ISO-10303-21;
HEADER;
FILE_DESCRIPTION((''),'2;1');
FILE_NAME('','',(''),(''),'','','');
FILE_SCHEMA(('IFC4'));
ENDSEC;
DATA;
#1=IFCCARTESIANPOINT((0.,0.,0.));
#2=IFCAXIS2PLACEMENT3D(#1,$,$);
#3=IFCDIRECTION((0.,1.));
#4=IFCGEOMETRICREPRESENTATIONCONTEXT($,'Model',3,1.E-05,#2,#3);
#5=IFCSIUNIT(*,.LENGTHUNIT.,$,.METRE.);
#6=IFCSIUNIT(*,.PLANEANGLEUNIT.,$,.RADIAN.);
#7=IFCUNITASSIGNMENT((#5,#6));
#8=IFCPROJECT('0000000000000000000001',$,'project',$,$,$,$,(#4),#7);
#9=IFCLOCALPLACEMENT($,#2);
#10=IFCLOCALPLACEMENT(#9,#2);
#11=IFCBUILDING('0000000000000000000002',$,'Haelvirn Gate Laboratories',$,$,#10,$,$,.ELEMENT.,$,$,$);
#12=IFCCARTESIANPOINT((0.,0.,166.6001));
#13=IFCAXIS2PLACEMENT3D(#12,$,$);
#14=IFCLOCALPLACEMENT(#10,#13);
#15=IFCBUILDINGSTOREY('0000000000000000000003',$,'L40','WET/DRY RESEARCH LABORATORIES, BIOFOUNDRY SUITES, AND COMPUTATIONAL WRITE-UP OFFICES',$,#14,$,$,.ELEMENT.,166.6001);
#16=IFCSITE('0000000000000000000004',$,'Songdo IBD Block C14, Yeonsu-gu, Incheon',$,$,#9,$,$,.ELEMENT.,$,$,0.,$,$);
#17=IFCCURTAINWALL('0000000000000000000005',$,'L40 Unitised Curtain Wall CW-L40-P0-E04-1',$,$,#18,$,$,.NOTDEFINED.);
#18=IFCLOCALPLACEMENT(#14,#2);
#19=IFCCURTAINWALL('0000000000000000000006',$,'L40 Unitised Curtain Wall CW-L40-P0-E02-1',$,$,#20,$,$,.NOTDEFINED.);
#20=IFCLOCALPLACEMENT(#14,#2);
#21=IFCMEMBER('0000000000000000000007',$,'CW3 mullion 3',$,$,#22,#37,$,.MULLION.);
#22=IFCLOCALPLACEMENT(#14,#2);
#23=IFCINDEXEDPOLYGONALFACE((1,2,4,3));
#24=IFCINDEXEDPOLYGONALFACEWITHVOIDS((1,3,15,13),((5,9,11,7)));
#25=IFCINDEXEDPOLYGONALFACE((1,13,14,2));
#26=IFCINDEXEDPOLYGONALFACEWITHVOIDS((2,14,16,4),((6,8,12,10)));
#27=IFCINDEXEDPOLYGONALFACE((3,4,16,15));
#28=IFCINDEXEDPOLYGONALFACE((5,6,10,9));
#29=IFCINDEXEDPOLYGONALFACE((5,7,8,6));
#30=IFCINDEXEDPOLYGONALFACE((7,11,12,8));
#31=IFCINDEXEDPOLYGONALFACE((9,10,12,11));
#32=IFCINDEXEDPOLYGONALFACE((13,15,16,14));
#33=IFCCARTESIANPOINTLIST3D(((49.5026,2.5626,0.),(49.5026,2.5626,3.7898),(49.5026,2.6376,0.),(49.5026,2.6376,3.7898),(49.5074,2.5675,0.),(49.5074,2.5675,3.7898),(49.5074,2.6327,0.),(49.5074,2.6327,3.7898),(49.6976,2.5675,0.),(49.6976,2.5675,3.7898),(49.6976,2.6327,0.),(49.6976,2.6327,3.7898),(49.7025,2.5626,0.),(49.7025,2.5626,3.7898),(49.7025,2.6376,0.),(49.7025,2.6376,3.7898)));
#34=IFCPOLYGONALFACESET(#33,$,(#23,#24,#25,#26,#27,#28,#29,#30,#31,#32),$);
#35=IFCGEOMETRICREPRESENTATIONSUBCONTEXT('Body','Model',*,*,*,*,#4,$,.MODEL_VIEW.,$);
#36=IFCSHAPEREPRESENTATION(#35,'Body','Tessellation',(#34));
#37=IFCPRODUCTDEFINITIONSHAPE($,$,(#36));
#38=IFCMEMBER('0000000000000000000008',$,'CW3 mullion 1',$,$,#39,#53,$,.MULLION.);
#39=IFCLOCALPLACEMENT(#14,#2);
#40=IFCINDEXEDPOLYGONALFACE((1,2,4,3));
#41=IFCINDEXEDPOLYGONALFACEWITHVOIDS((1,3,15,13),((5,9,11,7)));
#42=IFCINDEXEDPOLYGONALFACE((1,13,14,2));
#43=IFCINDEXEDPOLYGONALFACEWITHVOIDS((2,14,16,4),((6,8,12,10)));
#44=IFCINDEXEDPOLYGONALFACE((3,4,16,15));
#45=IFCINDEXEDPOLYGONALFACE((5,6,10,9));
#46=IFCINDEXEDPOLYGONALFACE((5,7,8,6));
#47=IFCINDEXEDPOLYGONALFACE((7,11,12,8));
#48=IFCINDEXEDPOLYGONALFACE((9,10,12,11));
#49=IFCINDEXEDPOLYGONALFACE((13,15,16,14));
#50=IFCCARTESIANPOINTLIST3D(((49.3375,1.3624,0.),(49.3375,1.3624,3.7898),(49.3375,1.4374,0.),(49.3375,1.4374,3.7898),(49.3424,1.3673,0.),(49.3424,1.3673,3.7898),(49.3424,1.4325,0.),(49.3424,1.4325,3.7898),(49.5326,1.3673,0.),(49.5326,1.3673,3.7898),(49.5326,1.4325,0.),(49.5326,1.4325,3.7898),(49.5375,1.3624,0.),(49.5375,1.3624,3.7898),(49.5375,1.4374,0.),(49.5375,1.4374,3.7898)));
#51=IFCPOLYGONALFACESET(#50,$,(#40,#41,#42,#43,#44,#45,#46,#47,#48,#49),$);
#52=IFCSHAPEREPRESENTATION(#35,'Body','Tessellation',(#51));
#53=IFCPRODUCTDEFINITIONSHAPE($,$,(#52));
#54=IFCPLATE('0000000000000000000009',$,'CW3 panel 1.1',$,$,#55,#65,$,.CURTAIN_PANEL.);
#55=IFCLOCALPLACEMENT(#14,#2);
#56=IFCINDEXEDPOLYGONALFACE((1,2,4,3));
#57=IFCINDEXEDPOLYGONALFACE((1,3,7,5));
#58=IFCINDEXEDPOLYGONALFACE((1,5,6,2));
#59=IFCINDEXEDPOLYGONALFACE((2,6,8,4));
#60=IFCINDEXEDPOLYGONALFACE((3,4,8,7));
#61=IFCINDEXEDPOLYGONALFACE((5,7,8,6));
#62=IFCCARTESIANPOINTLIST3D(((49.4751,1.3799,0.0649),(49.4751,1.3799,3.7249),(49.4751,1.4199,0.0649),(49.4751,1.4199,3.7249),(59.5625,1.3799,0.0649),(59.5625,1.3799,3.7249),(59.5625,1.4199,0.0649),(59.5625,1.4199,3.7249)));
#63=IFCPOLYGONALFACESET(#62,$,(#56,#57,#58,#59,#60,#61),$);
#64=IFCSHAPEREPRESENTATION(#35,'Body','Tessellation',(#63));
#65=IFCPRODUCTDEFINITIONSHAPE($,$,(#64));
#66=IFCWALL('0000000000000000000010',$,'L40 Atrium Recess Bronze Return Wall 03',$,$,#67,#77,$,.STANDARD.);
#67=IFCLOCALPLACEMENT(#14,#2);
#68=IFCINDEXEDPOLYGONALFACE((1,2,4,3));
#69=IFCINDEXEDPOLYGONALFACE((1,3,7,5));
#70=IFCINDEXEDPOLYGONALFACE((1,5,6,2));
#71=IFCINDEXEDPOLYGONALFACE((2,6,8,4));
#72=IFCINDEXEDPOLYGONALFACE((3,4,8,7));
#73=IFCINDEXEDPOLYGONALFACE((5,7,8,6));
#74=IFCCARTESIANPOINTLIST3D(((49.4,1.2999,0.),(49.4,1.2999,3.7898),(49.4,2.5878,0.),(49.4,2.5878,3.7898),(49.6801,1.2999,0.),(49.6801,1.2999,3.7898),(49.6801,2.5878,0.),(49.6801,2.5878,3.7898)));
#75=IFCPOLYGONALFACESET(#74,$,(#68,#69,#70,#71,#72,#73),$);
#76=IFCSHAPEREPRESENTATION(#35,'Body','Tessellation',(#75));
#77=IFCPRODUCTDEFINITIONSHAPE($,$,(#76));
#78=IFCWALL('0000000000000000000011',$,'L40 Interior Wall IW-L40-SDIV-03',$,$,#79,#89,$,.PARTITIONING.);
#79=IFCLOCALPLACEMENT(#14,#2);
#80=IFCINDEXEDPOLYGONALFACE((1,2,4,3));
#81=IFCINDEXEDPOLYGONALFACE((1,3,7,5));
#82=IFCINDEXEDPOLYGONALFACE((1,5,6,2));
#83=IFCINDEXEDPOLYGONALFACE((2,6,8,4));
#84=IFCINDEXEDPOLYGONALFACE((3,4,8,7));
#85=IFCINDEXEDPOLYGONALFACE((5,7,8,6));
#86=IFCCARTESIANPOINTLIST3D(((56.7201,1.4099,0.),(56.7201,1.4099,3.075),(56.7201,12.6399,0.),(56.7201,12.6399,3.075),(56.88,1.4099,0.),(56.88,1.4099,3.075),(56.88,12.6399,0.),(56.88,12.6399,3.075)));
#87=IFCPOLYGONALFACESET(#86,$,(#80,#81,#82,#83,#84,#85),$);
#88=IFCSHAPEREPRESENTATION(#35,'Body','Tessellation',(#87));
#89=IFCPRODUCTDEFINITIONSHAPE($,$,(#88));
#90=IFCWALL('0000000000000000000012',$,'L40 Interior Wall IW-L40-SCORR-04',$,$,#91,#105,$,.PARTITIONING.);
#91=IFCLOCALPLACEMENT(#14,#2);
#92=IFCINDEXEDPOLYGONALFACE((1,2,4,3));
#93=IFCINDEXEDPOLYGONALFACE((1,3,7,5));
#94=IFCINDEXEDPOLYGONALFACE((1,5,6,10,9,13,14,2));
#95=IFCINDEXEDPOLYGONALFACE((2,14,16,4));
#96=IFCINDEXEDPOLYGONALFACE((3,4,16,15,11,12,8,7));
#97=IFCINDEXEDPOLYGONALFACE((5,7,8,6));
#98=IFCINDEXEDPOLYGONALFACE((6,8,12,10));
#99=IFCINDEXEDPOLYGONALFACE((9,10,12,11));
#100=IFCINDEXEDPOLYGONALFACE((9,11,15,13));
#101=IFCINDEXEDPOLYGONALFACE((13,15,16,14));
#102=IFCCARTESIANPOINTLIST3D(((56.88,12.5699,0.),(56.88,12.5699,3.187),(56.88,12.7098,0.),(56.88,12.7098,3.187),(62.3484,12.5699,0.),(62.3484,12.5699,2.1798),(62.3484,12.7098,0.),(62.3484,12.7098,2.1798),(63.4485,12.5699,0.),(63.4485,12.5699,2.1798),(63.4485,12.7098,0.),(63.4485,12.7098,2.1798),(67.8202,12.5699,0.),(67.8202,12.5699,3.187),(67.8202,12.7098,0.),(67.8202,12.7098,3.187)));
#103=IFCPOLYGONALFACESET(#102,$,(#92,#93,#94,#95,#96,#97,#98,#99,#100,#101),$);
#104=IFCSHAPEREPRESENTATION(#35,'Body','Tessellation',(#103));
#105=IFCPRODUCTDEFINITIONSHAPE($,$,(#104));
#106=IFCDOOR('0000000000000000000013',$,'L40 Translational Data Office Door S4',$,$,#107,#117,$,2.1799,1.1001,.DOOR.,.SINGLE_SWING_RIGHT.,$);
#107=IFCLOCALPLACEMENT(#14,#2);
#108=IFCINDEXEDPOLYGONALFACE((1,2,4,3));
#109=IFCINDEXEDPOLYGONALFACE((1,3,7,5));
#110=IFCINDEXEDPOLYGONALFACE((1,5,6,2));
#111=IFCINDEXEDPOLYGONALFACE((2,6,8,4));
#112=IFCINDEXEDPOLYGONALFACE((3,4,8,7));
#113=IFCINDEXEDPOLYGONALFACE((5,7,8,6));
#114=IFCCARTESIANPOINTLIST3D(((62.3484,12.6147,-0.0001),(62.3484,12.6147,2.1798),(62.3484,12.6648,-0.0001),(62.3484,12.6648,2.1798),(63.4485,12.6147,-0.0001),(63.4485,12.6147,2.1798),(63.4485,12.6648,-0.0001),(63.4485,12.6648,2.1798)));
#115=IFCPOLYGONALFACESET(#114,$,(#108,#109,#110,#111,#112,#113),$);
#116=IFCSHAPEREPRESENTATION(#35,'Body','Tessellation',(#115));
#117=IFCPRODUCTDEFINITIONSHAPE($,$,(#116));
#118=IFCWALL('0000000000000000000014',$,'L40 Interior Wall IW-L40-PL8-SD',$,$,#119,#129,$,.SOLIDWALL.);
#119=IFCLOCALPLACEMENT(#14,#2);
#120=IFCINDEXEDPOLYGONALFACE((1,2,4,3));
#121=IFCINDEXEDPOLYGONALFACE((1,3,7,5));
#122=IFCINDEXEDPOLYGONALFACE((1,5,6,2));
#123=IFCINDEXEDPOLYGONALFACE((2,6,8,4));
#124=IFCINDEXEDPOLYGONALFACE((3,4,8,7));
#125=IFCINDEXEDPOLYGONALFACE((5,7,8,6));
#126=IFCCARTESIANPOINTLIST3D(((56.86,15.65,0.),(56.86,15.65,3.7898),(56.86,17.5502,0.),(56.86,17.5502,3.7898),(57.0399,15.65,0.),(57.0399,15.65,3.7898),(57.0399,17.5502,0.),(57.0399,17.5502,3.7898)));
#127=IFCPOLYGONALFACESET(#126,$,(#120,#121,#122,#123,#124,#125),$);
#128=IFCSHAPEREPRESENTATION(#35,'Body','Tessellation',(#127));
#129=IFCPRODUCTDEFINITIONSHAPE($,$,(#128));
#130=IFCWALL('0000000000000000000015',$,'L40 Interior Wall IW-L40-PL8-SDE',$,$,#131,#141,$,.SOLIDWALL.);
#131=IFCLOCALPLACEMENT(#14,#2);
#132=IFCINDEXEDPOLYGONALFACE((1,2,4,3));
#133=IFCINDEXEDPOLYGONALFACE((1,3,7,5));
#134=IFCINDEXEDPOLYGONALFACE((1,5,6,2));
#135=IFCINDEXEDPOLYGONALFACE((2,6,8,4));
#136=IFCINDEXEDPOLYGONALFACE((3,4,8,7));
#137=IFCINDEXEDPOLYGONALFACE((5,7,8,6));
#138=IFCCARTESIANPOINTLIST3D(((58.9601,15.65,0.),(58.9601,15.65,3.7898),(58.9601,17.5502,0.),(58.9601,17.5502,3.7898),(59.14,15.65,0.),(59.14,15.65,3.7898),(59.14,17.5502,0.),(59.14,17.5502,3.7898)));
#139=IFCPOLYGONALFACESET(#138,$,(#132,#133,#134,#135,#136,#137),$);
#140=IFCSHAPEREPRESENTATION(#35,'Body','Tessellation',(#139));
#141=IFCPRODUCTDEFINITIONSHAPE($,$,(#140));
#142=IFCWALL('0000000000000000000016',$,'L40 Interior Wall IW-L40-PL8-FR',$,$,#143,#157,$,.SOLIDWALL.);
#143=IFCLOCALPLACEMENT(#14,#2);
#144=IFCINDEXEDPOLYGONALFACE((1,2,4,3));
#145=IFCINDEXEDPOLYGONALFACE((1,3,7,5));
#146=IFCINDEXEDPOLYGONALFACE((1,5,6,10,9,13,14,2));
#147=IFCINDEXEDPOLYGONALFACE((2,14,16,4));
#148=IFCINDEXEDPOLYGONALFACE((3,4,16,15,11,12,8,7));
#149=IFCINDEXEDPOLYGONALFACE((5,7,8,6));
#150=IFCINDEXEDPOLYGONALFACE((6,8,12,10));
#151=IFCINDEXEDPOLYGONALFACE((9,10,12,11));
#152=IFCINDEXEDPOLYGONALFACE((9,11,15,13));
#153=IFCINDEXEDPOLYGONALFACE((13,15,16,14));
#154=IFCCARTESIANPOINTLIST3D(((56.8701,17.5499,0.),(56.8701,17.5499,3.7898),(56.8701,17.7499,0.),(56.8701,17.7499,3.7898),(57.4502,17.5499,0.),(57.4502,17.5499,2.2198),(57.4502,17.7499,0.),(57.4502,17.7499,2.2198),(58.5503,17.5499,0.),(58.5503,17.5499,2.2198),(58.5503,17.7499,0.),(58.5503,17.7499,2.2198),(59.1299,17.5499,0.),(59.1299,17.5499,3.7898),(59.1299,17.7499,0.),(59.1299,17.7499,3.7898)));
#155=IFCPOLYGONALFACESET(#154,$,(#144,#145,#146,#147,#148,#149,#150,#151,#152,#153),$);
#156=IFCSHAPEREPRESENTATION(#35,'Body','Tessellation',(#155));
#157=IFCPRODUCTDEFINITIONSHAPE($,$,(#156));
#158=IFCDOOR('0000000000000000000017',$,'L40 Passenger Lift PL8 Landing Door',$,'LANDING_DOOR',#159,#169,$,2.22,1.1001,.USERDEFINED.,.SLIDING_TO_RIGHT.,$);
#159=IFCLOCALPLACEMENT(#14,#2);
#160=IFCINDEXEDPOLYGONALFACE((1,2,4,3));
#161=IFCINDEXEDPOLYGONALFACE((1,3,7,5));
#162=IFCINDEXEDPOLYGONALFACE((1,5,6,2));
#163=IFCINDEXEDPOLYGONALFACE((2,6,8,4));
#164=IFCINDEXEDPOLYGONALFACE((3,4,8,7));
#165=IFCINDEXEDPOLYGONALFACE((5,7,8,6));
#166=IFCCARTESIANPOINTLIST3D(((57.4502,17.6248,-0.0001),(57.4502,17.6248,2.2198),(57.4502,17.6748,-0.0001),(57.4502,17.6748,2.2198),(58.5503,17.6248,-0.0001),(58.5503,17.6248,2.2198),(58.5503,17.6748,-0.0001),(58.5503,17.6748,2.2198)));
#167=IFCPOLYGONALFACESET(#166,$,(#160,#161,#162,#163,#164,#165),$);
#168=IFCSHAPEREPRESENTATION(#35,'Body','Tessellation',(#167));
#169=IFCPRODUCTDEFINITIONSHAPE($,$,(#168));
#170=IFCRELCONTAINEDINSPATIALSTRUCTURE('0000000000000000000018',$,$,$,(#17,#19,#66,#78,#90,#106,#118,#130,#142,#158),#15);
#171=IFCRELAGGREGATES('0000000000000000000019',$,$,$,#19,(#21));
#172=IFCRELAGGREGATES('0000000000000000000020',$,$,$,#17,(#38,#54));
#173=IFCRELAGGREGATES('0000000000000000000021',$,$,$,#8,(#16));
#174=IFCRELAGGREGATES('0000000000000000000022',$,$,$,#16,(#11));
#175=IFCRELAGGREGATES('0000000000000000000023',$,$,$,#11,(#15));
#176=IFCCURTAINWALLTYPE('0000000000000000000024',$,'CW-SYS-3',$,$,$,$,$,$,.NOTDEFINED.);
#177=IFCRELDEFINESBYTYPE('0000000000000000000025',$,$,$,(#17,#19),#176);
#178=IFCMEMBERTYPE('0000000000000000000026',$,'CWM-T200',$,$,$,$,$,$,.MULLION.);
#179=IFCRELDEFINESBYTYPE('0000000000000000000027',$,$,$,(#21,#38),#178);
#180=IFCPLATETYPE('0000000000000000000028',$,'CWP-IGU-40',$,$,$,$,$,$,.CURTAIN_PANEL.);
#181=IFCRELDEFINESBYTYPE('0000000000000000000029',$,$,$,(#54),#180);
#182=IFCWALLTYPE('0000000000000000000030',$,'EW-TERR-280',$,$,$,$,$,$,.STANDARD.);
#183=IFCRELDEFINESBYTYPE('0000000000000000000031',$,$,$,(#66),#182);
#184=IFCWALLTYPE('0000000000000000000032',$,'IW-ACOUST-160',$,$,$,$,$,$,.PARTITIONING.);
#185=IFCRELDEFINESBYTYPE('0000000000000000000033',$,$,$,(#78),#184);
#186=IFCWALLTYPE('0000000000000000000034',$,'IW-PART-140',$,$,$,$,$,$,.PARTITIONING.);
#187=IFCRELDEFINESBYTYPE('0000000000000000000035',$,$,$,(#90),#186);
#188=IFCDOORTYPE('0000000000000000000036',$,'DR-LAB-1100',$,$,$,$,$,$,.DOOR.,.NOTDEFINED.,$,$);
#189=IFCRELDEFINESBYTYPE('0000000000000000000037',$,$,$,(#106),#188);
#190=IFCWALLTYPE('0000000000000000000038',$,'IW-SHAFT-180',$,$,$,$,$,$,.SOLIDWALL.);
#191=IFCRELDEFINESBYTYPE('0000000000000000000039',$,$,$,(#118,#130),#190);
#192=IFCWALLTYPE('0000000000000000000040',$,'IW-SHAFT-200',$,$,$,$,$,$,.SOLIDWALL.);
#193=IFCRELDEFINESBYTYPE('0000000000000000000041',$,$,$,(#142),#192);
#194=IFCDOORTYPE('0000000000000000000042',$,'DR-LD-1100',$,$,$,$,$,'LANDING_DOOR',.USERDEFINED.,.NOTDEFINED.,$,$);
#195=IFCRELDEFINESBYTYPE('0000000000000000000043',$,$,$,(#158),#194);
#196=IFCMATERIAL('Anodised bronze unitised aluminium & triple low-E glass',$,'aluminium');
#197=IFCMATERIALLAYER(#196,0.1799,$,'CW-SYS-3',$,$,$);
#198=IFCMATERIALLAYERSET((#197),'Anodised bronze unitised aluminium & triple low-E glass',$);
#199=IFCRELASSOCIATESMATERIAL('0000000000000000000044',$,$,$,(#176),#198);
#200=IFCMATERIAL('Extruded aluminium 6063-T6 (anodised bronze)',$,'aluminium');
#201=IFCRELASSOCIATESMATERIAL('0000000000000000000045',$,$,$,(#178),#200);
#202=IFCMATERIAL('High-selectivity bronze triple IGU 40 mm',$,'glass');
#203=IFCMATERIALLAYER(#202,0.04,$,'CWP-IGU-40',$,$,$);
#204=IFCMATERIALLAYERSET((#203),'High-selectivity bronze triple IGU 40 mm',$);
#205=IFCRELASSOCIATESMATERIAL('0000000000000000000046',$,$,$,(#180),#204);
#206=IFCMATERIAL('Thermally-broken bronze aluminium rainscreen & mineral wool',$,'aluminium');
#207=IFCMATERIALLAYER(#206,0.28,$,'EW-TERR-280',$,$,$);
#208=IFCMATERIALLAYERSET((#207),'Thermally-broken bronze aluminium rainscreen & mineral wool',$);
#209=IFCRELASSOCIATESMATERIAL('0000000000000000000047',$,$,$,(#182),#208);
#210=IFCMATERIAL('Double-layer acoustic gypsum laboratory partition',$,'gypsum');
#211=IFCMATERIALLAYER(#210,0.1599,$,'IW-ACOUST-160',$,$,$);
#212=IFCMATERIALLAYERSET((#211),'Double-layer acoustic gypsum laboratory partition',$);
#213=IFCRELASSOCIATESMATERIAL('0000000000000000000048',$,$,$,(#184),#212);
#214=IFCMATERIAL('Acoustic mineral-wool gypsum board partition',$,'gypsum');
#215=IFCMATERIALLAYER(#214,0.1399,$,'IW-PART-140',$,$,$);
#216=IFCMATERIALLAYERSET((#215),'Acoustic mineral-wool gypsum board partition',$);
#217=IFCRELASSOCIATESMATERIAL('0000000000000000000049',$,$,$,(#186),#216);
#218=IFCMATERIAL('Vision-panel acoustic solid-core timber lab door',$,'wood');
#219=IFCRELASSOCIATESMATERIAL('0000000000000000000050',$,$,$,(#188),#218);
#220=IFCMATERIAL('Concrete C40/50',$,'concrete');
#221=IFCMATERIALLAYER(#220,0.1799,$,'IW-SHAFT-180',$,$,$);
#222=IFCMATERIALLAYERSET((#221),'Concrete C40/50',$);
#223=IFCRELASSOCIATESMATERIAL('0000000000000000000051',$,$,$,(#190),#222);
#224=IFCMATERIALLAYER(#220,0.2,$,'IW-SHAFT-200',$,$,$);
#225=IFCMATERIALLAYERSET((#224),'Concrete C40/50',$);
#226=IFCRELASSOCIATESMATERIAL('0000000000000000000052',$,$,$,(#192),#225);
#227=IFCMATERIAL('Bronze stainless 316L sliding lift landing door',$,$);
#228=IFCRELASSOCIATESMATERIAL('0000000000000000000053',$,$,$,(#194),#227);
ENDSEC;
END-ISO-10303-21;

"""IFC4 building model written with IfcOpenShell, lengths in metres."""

from ifc_helpers import new_model, si_unit, direction, frame, frame_2d, origin, origin_2d, place, context, subcontext, project, spatial, rectangle, hollow_rectangle, extrude, source, transform, mapped, material, layer, layer_set, material_profile, profile_set, type_object, type_shapes, element, fill, aggregate, save


model = new_model("IFC4")

# Units and contexts
model_context = context("Model", 3, precision=1e-05, world=origin(), true_north=direction((0.0, 1.0)))
body_context = subcontext(model_context, "Body", "Model", "MODEL_VIEW")
ifc_project = project(units=[si_unit("LENGTHUNIT", "METRE"), si_unit("PLANEANGLEUNIT", "RADIAN")], contexts=[model_context])

# Site, building, storey
site_placement = place(None, origin())
site = spatial("IfcSite", under=ifc_project, at=site_placement, Name="Songdo IBD Block C14, Yeonsu-gu, Incheon", CompositionType="ELEMENT", RefElevation=0.0)
building_placement = place(site_placement, origin())
building = spatial("IfcBuilding", under=site, at=building_placement, Name="Haelvirn Gate Laboratories", CompositionType="ELEMENT")
storey_placement = place(building_placement, frame((0.0, 0.0, 166.6001)))
storey = spatial("IfcBuildingStorey", under=building, at=storey_placement, Name="L40", Description="WET/DRY RESEARCH LABORATORIES, BIOFOUNDRY SUITES, AND COMPUTATIONAL WRITE-UP OFFICES", CompositionType="ELEMENT", Elevation=166.6001)

# Curtain wall
ifc_material_1 = material(Name="Anodised bronze unitised aluminium & triple low-E glass", Category="aluminium")
ifc_layer_1 = layer(ifc_material_1, 0.1799, Name="CW-SYS-3")
ifc_layer_set_1 = layer_set([ifc_layer_1], Name="Anodised bronze unitised aluminium & triple low-E glass")
curtain_wall_type = type_object("IfcCurtainWallType", Name="CW-SYS-3", PredefinedType="NOTDEFINED", material=ifc_layer_set_1)
curtain_wall_1_placement = place(storey_placement, origin())
curtain_wall_1 = element("IfcCurtainWall", 1, at=curtain_wall_1_placement, inside=storey, type_object=curtain_wall_type, Name="L40 Unitised Curtain Wall CW-L40-P0-E04-1", PredefinedType="NOTDEFINED")
ifc_material_2 = material(Name="Extruded aluminium 6063-T6 (anodised bronze)", Category="aluminium")

# Curtain wall, member
curtain_wall_2_placement = place(storey_placement, origin())
curtain_wall_2 = element("IfcCurtainWall", 2, at=curtain_wall_2_placement, inside=storey, type_object=curtain_wall_type, Name="L40 Unitised Curtain Wall CW-L40-P0-E02-1", PredefinedType="NOTDEFINED")
ifc_material_profile_1 = material_profile(ifc_material_2, hollow_rectangle(XDim=0.075, YDim=0.2, WallThickness=0.0049, at=origin_2d()), Name="CWM-200x75x5")
ifc_profile_set_1 = profile_set([ifc_material_profile_1], Name="Extruded aluminium 6063-T6 (anodised bronze)")
member_type_1 = type_object("IfcMemberType", Name="CWM-T200", PredefinedType="MULLION", material=ifc_profile_set_1)
shared_shape_1 = source(origin(), body_context, "Body", "SweptSolid", [
    extrude(hollow_rectangle(XDim=0.075, YDim=0.2, WallThickness=0.0049, at=origin_2d()), origin(), (0.0, 0.0, 1.0), 3.7898),
])
type_shapes(member_type_1, [shared_shape_1])
member_1_placement = place(storey_placement, frame((49.6025, 2.6001, 0.0), z_axis=(0.0, 0.0, 1.0), x_axis=(0.0, 1.0, 0.0)))
member_1 = element("IfcMember", 3, at=member_1_placement, type_object=member_type_1, Name="CW3 mullion 3", PredefinedType="MULLION", context=body_context, shape_type="MappedRepresentation", body=[
    mapped(shared_shape_1, transform((0.0, 0.0, 0.0), scale=1.0)),
])
aggregate(curtain_wall_2, [member_1])

# Member
member_2_placement = place(storey_placement, frame((49.4375, 1.3999, 0.0), z_axis=(0.0, 0.0, 1.0), x_axis=(0.0, 1.0, 0.0)))
member_2 = element("IfcMember", 4, at=member_2_placement, type_object=member_type_1, Name="CW3 mullion 1", PredefinedType="MULLION", context=body_context, shape_type="MappedRepresentation", body=[
    mapped(shared_shape_1, transform((0.0, 0.0, 0.0), scale=1.0)),
])

# Plate
ifc_material_3 = material(Name="High-selectivity bronze triple IGU 40 mm", Category="glass")
ifc_layer_2 = layer(ifc_material_3, 0.04, Name="CWP-IGU-40")
ifc_layer_set_2 = layer_set([ifc_layer_2], Name="High-selectivity bronze triple IGU 40 mm")
plate_type = type_object("IfcPlateType", Name="CWP-IGU-40", PredefinedType="CURTAIN_PANEL", material=ifc_layer_set_2)
shared_shape_2 = source(origin(), body_context, "Body", "SweptSolid", [
    extrude(rectangle(XDim=10.0874, YDim=0.04, at=origin_2d()), origin(), (0.0, 0.0, 1.0), 3.6599),
])
type_shapes(plate_type, [shared_shape_2])
plate_placement = place(storey_placement, frame((54.5188, 1.3999, 0.0649), z_axis=(0.0, 0.0, 1.0), x_axis=(1.0, 0.0, 0.0)))
plate = element("IfcPlate", 5, at=plate_placement, type_object=plate_type, Name="CW3 panel 1.1", PredefinedType="CURTAIN_PANEL", context=body_context, shape_type="MappedRepresentation", body=[
    mapped(shared_shape_2, transform((0.0, 0.0, 0.0), scale=1.0)),
])
aggregate(curtain_wall_1, [member_2, plate])

# Walls
ifc_material_4 = material(Name="Thermally-broken bronze aluminium rainscreen & mineral wool", Category="aluminium")
ifc_layer_3 = layer(ifc_material_4, 0.28, Name="EW-TERR-280")
ifc_layer_set_3 = layer_set([ifc_layer_3], Name="Thermally-broken bronze aluminium rainscreen & mineral wool")
wall_type_1 = type_object("IfcWallType", Name="EW-TERR-280", PredefinedType="STANDARD", material=ifc_layer_set_3)
wall_1_placement = place(storey_placement, frame((49.54, 2.5879, 0.0), z_axis=(0.0, 0.0, 1.0), x_axis=(0.0, -1.0, 0.0)))
element("IfcWall", 6, at=wall_1_placement, inside=storey, type_object=wall_type_1, Name="L40 Atrium Recess Bronze Return Wall 03", PredefinedType="STANDARD", context=body_context, shape_type="SweptSolid", body=[
    extrude(rectangle(XDim=1.2878, YDim=0.28, at=frame_2d((0.644, 0.0))), origin(), (0.0, 0.0, 1.0), 3.7898),
])
ifc_material_5 = material(Name="Double-layer acoustic gypsum laboratory partition", Category="gypsum")
ifc_layer_4 = layer(ifc_material_5, 0.1599, Name="IW-ACOUST-160")
ifc_layer_set_4 = layer_set([ifc_layer_4], Name="Double-layer acoustic gypsum laboratory partition")
wall_type_2 = type_object("IfcWallType", Name="IW-ACOUST-160", PredefinedType="PARTITIONING", material=ifc_layer_set_4)
wall_2_placement = place(storey_placement, frame((56.8, 1.4099, 0.0), z_axis=(0.0, 0.0, 1.0), x_axis=(0.0, 1.0, 0.0)))
element("IfcWall", 7, at=wall_2_placement, inside=storey, type_object=wall_type_2, Name="L40 Interior Wall IW-L40-SDIV-03", PredefinedType="PARTITIONING", context=body_context, shape_type="SweptSolid", body=[
    extrude(rectangle(XDim=11.23, YDim=0.1599, at=frame_2d((5.615, 0.0))), origin(), (0.0, 0.0, 1.0), 3.075),
])

# Wall, opening, door
ifc_material_6 = material(Name="Acoustic mineral-wool gypsum board partition", Category="gypsum")
ifc_layer_5 = layer(ifc_material_6, 0.1399, Name="IW-PART-140")
ifc_layer_set_5 = layer_set([ifc_layer_5], Name="Acoustic mineral-wool gypsum board partition")
wall_type_3 = type_object("IfcWallType", Name="IW-PART-140", PredefinedType="PARTITIONING", material=ifc_layer_set_5)
wall_3_placement = place(storey_placement, frame((56.8799, 12.6399, 0.0), z_axis=(0.0, 0.0, 1.0), x_axis=(1.0, 0.0, 0.0)))
wall_3 = element("IfcWall", 8, at=wall_3_placement, inside=storey, type_object=wall_type_3, Name="L40 Interior Wall IW-L40-SCORR-04", PredefinedType="PARTITIONING", context=body_context, shape_type="SweptSolid", body=[
    extrude(rectangle(XDim=10.9402, YDim=0.1399, at=frame_2d((5.4702, 0.0))), origin(), (0.0, 0.0, 1.0), 3.187),
])
opening_1_placement = place(wall_3_placement, frame((5.4685, 0.0, 0.0)))
opening_1 = element("IfcOpeningElement", 9, at=opening_1_placement, cuts=wall_3, PredefinedType="OPENING", context=body_context, shape_type="SweptSolid", body=[
    extrude(rectangle(XDim=1.1001, YDim=2.1799, at=frame_2d((0.55, 1.0898))), frame((0.0, 0.0801, 0.0), z_axis=(0.0, -1.0, 0.0), x_axis=(1.0, 0.0, 0.0)), (0.0, 0.0, 1.0), 0.1599),
])
ifc_material_7 = material(Name="Vision-panel acoustic solid-core timber lab door", Category="wood")
door_type_1 = type_object("IfcDoorType", Name="DR-LAB-1100", OperationType="NOTDEFINED", PredefinedType="DOOR", material=ifc_material_7)
shared_shape_3 = source(origin(), body_context, "Body", "SweptSolid", [
    extrude(rectangle(XDim=1.1001, YDim=2.1799, at=frame_2d((0.55, 1.0898))), frame((0.0, 0.0249, 0.0), z_axis=(0.0, -1.0, 0.0), x_axis=(1.0, 0.0, 0.0)), (0.0, 0.0, 1.0), 0.05),
])
type_shapes(door_type_1, [shared_shape_3])
door_1_placement = place(opening_1_placement, origin())
door_1 = element("IfcDoor", 10, at=door_1_placement, inside=storey, type_object=door_type_1, Name="L40 Translational Data Office Door S4", OperationType="SINGLE_SWING_RIGHT", OverallHeight=2.1799, OverallWidth=1.1001, PredefinedType="DOOR", context=body_context, shape_type="MappedRepresentation", body=[
    mapped(shared_shape_3, transform((0.0, 0.0, 0.0), scale=1.0)),
])
fill(opening_1, door_1)

# Walls
ifc_material_8 = material(Name="Concrete C40/50", Category="concrete")
ifc_layer_6 = layer(ifc_material_8, 0.1799, Name="IW-SHAFT-180")
ifc_layer_set_6 = layer_set([ifc_layer_6], Name="Concrete C40/50")
wall_type_4 = type_object("IfcWallType", Name="IW-SHAFT-180", PredefinedType="SOLIDWALL", material=ifc_layer_set_6)
for number, where, z_axis, x_axis, name in (
    (11, (56.95, 15.6499, 0.0), (0.0, 0.0, 1.0), (0.0, 1.0, 0.0), "L40 Interior Wall IW-L40-PL8-SD"),
    (12, (59.05, 15.6499, 0.0), (0.0, 0.0, 1.0), (0.0, 1.0, 0.0), "L40 Interior Wall IW-L40-PL8-SDE"),
):
    element("IfcWall", number, at=place(storey_placement, frame(where, z_axis=z_axis, x_axis=x_axis)), inside=storey, type_object=wall_type_4, Name=name, PredefinedType="SOLIDWALL", context=body_context, shape_type="SweptSolid", body=[
        extrude(rectangle(XDim=1.9001, YDim=0.1799, at=frame_2d((0.9502, 0.0))), origin(), (0.0, 0.0, 1.0), 3.7898),
    ])

# Wall, opening, door
ifc_layer_7 = layer(ifc_material_8, 0.2, Name="IW-SHAFT-200")
ifc_layer_set_7 = layer_set([ifc_layer_7], Name="Concrete C40/50")
wall_type_5 = type_object("IfcWallType", Name="IW-SHAFT-200", PredefinedType="SOLIDWALL", material=ifc_layer_set_7)
wall_4_placement = place(storey_placement, frame((56.8701, 17.6499, 0.0), z_axis=(0.0, 0.0, 1.0), x_axis=(1.0, 0.0, 0.0)))
wall_4 = element("IfcWall", 13, at=wall_4_placement, inside=storey, type_object=wall_type_5, Name="L40 Interior Wall IW-L40-PL8-FR", PredefinedType="SOLIDWALL", context=body_context, shape_type="SweptSolid", body=[
    extrude(rectangle(XDim=2.2598, YDim=0.2, at=frame_2d((1.1299, 0.0))), origin(), (0.0, 0.0, 1.0), 3.7898),
])
opening_2_placement = place(wall_4_placement, frame((0.5801, 0.0, 0.0)))
opening_2 = element("IfcOpeningElement", 14, at=opening_2_placement, cuts=wall_4, PredefinedType="OPENING", context=body_context, shape_type="SweptSolid", body=[
    extrude(rectangle(XDim=1.1001, YDim=2.22, at=frame_2d((0.55, 1.1099))), frame((0.0, 0.1099, 0.0), z_axis=(0.0, -1.0, 0.0), x_axis=(1.0, 0.0, 0.0)), (0.0, 0.0, 1.0), 0.22),
])
ifc_material_9 = material(Name="Bronze stainless 316L sliding lift landing door")
door_type_2 = type_object("IfcDoorType", Name="DR-LD-1100", ElementType="LANDING_DOOR", OperationType="NOTDEFINED", PredefinedType="USERDEFINED", material=ifc_material_9)
shared_shape_4 = source(origin(), body_context, "Body", "SweptSolid", [
    extrude(rectangle(XDim=1.1001, YDim=2.22, at=frame_2d((0.55, 1.1099))), frame((0.0, 0.0249, 0.0), z_axis=(0.0, -1.0, 0.0), x_axis=(1.0, 0.0, 0.0)), (0.0, 0.0, 1.0), 0.05),
])
type_shapes(door_type_2, [shared_shape_4])
door_2_placement = place(opening_2_placement, origin())
door_2 = element("IfcDoor", 15, at=door_2_placement, inside=storey, type_object=door_type_2, Name="L40 Passenger Lift PL8 Landing Door", ObjectType="LANDING_DOOR", OperationType="SLIDING_TO_RIGHT", OverallHeight=2.22, OverallWidth=1.1001, PredefinedType="USERDEFINED", context=body_context, shape_type="MappedRepresentation", body=[
    mapped(shared_shape_4, transform((0.0, 0.0, 0.0), scale=1.0)),
])
fill(opening_2, door_2)

save(model, "model.ifc")
